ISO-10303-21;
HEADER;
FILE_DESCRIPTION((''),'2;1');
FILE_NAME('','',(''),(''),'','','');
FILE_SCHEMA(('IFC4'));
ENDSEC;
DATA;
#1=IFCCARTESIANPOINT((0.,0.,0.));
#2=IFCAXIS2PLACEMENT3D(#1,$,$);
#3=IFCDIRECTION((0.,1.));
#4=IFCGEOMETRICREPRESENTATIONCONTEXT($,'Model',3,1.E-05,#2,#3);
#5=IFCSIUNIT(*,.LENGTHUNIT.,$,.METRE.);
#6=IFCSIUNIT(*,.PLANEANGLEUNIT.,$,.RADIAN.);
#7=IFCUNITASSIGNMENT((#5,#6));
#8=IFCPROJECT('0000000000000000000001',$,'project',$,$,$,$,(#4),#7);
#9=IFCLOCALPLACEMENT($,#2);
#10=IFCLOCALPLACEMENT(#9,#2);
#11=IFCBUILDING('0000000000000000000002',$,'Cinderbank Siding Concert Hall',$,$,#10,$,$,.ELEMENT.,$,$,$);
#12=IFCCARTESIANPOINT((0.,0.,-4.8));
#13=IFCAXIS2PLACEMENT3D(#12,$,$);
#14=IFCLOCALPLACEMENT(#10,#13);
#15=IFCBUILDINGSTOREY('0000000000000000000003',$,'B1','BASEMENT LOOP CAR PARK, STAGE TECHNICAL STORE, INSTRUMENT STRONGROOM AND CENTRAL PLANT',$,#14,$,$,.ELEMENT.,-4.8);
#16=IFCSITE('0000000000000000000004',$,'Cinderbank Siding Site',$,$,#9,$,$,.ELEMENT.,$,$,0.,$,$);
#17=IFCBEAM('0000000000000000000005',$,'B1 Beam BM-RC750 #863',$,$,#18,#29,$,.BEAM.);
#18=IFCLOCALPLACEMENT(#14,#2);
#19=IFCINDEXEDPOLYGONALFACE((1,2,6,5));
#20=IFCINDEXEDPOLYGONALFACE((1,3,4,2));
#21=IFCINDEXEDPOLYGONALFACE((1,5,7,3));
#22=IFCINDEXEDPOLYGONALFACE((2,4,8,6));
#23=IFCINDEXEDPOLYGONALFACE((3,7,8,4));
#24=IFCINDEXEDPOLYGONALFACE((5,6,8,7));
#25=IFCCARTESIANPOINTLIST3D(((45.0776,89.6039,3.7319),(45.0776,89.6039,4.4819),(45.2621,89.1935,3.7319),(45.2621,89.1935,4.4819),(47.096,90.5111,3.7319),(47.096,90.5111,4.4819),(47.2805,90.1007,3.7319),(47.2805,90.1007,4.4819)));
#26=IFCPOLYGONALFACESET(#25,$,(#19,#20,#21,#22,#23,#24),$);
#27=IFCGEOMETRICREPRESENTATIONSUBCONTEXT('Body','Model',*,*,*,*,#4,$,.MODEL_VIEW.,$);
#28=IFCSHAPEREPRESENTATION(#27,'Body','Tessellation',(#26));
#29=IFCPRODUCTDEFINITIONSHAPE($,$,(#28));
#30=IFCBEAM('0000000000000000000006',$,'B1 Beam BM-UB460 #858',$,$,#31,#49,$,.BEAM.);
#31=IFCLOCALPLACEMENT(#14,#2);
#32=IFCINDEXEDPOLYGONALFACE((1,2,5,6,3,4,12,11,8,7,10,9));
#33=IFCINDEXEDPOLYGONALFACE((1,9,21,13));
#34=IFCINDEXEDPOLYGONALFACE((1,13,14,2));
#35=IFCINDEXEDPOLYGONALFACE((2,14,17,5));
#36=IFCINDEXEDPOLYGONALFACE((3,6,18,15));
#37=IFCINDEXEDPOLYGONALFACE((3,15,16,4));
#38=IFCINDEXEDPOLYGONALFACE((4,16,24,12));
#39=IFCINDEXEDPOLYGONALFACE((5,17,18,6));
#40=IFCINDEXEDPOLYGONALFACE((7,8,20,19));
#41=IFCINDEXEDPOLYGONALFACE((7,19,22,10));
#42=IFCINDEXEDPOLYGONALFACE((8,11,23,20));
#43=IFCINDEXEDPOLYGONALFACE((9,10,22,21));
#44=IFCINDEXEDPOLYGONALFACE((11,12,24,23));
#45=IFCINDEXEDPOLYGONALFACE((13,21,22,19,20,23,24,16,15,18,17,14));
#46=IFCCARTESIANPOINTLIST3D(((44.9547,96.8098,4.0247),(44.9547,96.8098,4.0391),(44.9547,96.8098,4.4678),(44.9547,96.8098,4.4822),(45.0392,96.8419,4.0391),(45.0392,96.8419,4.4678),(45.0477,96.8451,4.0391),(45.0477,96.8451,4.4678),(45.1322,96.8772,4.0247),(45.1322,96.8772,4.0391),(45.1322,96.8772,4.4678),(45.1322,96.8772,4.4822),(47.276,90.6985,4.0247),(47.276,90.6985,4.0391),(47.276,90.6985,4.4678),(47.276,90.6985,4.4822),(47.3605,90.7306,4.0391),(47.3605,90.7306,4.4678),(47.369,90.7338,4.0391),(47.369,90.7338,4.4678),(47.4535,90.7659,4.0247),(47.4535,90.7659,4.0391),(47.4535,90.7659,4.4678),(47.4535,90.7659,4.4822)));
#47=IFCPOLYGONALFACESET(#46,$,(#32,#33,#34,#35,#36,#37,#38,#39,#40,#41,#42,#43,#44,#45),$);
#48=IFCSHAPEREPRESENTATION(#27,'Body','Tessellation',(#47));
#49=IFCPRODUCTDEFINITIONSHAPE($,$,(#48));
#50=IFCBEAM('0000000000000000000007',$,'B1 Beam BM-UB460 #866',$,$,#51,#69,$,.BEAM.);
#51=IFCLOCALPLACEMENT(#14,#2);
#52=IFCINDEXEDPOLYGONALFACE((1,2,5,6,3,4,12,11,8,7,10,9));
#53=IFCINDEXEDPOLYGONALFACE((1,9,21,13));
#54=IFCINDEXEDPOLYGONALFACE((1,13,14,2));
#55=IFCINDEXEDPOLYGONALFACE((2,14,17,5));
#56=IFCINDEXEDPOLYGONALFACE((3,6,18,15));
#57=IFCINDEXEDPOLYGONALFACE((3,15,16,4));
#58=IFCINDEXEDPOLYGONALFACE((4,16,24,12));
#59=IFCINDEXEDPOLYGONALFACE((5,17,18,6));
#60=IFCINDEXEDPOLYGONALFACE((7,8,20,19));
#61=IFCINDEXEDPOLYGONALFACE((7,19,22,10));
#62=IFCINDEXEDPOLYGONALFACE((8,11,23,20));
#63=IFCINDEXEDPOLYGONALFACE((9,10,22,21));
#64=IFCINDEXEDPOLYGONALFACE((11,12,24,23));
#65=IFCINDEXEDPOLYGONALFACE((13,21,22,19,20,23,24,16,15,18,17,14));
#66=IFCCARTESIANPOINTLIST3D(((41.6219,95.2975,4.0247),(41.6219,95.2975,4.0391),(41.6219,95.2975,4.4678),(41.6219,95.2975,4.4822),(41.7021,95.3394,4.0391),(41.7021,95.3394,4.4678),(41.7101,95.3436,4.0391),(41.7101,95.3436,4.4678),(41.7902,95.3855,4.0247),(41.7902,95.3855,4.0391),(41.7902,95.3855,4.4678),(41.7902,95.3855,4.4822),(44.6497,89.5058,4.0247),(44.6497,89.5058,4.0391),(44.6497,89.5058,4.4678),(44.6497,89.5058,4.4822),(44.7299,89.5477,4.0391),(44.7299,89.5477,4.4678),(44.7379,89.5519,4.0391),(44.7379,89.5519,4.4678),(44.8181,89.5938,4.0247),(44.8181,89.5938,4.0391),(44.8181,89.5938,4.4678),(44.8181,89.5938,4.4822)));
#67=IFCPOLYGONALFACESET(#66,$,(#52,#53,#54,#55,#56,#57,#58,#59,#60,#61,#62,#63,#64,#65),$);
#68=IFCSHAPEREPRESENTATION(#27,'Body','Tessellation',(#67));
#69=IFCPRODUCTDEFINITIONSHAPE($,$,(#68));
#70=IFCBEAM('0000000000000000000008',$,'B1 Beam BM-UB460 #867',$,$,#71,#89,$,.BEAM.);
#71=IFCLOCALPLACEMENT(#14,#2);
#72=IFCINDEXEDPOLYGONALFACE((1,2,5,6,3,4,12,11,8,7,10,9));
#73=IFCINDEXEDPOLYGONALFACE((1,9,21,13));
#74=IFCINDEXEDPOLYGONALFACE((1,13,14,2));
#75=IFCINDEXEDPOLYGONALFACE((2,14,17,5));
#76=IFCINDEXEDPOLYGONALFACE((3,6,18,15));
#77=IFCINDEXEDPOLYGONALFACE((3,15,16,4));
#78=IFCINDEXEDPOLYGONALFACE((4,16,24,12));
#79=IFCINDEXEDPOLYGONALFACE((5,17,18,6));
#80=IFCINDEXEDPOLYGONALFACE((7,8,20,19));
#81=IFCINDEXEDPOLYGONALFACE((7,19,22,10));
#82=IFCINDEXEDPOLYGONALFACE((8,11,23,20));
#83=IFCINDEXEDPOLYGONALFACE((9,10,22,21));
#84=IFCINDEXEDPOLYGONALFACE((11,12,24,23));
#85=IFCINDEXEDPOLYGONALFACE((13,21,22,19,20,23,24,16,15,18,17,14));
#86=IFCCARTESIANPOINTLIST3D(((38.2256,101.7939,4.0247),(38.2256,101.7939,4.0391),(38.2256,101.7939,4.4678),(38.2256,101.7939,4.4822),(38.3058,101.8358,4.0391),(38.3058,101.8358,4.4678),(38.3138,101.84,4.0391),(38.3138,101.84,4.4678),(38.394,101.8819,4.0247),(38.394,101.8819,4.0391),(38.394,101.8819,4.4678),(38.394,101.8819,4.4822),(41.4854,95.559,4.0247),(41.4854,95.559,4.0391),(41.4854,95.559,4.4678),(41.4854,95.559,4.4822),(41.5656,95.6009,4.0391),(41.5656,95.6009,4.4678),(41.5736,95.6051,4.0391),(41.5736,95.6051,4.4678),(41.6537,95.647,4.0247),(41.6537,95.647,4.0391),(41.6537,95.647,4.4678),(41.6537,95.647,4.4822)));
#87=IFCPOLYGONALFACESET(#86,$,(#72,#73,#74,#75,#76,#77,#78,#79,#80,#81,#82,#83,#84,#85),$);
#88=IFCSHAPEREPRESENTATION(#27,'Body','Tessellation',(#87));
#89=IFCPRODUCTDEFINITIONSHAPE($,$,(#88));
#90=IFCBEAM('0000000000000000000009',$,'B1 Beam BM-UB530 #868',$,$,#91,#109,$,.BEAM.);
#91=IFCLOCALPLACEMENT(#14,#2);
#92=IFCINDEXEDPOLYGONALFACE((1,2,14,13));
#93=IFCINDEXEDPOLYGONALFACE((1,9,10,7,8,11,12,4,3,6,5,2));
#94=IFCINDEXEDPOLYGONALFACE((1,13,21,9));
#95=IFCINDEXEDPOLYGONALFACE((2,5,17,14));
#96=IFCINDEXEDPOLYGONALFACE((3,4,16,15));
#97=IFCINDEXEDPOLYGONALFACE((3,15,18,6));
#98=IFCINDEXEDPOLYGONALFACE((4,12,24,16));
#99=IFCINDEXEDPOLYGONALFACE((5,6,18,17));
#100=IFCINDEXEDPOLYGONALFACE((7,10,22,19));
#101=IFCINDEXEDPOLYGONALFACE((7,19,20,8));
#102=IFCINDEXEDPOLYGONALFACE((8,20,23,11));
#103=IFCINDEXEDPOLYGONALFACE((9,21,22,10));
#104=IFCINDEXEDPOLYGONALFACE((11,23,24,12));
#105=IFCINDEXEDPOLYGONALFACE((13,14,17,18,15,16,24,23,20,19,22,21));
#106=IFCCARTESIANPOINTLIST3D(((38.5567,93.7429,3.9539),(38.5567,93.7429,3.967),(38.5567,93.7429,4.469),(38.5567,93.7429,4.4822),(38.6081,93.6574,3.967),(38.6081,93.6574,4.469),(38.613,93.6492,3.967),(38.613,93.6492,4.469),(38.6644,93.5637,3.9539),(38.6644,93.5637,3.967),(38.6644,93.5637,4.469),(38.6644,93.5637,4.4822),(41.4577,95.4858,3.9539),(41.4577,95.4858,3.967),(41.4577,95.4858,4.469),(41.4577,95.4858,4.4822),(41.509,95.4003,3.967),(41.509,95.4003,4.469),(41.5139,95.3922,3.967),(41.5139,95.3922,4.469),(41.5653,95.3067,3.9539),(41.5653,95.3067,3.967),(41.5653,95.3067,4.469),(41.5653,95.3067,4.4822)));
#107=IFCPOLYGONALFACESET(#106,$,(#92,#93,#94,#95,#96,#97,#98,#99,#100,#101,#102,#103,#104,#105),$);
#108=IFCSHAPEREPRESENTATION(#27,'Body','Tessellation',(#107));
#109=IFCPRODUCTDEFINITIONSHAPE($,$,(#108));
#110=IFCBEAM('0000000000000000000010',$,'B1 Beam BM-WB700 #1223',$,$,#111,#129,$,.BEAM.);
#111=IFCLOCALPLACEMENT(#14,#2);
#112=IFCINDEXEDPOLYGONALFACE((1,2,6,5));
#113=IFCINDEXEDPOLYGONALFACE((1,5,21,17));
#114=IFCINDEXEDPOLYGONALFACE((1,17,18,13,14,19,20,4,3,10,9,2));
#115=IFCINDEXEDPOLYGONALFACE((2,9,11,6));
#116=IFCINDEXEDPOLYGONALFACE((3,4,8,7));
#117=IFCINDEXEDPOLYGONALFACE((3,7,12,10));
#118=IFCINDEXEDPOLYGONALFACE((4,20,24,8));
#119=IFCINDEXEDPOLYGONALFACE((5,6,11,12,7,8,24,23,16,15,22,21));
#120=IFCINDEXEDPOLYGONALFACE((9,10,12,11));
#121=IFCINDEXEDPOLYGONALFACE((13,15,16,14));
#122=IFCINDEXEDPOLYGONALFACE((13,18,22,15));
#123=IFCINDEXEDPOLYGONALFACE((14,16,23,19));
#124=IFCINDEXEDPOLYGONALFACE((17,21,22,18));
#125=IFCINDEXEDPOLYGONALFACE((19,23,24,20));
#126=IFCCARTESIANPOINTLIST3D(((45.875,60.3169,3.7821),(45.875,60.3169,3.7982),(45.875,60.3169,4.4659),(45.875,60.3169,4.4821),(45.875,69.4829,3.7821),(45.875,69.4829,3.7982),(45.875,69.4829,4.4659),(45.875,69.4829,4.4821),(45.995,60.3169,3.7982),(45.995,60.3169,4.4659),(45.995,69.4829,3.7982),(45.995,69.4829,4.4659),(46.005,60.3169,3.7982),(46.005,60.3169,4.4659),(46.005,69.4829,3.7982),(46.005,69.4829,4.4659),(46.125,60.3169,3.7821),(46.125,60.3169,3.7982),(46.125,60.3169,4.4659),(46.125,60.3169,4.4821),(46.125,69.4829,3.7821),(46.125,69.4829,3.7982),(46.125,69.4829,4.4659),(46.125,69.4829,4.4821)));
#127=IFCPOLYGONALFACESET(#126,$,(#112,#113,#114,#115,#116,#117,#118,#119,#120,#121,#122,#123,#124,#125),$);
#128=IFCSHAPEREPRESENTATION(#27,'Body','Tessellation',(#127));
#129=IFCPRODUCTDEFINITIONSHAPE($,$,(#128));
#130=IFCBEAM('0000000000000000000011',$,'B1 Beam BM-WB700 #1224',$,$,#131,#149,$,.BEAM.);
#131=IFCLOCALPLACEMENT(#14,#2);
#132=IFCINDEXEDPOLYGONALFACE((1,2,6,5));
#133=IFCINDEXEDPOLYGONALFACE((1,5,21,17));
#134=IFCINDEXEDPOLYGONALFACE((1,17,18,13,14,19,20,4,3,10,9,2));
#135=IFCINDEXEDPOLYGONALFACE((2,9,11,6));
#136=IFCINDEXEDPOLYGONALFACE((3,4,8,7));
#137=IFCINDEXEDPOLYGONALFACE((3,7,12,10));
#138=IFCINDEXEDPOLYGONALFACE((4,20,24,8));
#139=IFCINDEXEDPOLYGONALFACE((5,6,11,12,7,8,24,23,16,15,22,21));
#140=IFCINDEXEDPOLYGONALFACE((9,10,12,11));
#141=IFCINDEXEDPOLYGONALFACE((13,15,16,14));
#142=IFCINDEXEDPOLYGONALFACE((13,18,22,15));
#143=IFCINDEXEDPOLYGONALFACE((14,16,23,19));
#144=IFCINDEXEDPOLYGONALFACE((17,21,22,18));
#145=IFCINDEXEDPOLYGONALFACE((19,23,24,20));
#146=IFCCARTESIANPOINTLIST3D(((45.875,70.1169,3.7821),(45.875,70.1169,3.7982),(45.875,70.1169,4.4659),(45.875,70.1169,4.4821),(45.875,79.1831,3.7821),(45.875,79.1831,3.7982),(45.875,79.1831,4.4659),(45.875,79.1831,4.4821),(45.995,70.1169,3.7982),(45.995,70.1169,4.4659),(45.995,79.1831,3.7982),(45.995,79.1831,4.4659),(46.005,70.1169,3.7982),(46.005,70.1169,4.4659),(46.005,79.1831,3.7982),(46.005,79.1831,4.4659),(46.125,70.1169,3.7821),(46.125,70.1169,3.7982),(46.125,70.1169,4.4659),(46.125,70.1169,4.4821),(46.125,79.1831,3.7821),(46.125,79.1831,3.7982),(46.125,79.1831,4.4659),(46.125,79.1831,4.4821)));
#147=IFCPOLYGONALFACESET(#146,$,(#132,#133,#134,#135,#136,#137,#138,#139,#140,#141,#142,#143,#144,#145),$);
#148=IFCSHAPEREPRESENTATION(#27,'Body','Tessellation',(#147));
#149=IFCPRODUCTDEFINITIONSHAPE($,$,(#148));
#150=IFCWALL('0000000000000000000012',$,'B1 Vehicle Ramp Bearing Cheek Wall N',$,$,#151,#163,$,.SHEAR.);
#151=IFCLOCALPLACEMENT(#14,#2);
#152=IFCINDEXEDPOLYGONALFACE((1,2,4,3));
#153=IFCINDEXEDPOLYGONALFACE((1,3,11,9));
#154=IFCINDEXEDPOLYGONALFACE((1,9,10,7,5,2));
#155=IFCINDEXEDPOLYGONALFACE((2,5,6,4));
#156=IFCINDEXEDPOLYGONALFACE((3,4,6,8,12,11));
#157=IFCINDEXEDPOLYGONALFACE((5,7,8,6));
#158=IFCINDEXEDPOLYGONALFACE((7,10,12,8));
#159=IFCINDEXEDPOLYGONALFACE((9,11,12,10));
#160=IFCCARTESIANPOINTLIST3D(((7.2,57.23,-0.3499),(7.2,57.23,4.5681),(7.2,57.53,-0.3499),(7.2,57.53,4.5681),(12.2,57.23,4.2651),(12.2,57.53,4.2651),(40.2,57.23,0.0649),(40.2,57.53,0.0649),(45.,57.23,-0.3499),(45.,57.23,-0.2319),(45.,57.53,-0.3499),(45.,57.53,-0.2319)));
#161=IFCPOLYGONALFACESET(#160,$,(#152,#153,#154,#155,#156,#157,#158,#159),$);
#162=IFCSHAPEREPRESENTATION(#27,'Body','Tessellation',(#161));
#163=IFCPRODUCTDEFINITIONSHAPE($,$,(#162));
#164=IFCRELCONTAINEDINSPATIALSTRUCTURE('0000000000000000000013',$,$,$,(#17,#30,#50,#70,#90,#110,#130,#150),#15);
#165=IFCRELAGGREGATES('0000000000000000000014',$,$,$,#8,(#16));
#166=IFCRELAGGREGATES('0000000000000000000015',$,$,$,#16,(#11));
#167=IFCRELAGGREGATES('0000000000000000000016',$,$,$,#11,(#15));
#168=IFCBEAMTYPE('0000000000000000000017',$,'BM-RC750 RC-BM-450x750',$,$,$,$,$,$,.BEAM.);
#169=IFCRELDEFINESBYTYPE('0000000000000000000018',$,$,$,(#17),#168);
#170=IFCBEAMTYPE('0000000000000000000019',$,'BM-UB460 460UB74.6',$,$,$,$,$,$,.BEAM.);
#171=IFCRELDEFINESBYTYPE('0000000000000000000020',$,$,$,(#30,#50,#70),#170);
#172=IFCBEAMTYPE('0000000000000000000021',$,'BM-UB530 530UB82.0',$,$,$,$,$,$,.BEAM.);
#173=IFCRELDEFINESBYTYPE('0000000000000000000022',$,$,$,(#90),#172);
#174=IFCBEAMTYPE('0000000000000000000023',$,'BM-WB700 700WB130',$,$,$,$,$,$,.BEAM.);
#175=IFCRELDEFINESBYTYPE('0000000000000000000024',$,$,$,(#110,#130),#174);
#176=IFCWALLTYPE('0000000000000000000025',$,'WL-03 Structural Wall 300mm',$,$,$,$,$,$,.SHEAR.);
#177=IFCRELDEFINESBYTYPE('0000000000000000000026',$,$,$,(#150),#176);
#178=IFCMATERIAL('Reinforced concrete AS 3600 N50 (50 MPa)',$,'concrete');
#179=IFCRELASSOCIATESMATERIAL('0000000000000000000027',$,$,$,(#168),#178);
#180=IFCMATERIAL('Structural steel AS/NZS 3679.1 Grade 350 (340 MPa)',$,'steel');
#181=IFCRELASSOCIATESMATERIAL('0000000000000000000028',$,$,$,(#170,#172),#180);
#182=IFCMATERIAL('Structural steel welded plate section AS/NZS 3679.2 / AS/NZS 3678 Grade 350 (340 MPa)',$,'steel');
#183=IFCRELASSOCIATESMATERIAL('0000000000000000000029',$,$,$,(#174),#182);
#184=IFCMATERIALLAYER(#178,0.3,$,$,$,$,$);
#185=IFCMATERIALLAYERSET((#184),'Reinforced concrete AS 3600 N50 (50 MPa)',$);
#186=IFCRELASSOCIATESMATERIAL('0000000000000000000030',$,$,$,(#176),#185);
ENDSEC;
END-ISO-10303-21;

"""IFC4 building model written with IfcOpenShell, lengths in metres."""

from ifc_helpers import new_model, si_unit, direction, frame, origin, origin_2d, place, context, subcontext, project, spatial, polyline, rectangle, i_section, outline, extrude, material, layer, layer_set, material_profile, profile_set, type_object, element, save


model = new_model("IFC4")

# Units and contexts
model_context = context("Model", 3, precision=1e-05, world=origin(), true_north=direction((0.0, 1.0)))
body_context = subcontext(model_context, "Body", "Model", "MODEL_VIEW")
ifc_project = project(units=[si_unit("LENGTHUNIT", "METRE"), si_unit("PLANEANGLEUNIT", "RADIAN")], contexts=[model_context])

# Site, building, storey
site_placement = place(None, origin())
site = spatial("IfcSite", under=ifc_project, at=site_placement, Name="Cinderbank Siding Site", CompositionType="ELEMENT", RefElevation=0.0)
building_placement = place(site_placement, origin())
building = spatial("IfcBuilding", under=site, at=building_placement, Name="Cinderbank Siding Concert Hall", CompositionType="ELEMENT")
storey_placement = place(building_placement, frame((0.0, 0.0, -4.8)))
storey = spatial("IfcBuildingStorey", under=building, at=storey_placement, Name="B1", Description="BASEMENT LOOP CAR PARK, STAGE TECHNICAL STORE, INSTRUMENT STRONGROOM AND CENTRAL PLANT", CompositionType="ELEMENT", Elevation=-4.8)

# Shared definitions
ifc_material_1 = material(Name="Reinforced concrete AS 3600 N50 (50 MPa)", Category="concrete")
ifc_material_2 = material(Name="Structural steel AS/NZS 3679.1 Grade 350 (340 MPa)", Category="steel")

# Beams
ifc_material_profile_1 = material_profile(ifc_material_1, rectangle(XDim=0.45, YDim=0.75, at=origin_2d()), Name="RC-BM-450x750", Category="LoadBearing")
ifc_profile_set_1 = profile_set([ifc_material_profile_1], Name="Reinforced concrete AS 3600 N50 (50 MPa)")
beam_type_1 = type_object("IfcBeamType", Name="BM-RC750 RC-BM-450x750", PredefinedType="BEAM", material=ifc_profile_set_1)
beam_1_placement = place(storey_placement, frame((47.1882, 90.3059, 4.1069), z_axis=(-0.912093, -0.409984, 0.0), x_axis=(0.409984, -0.912093, 0.0)))
element("IfcBeam", 1, at=beam_1_placement, inside=storey, type_object=beam_type_1, Name="B1 Beam BM-RC750 #863", PredefinedType="BEAM", context=body_context, shape_type="SweptSolid", body=[
    extrude(rectangle(XDim=0.45, YDim=0.75, at=origin_2d()), origin(), (0.0, 0.0, 1.0), 2.2129),
])
ifc_material_profile_2 = material_profile(ifc_material_2, i_section(OverallWidth=0.1899, OverallDepth=0.4575, WebThickness=0.009, FlangeThickness=0.0144, at=origin_2d()), Name="460UB74.6", Category="LoadBearing")
ifc_profile_set_2 = profile_set([ifc_material_profile_2], Name="Structural steel AS/NZS 3679.1 Grade 350 (340 MPa)")
beam_type_2 = type_object("IfcBeamType", Name="BM-UB460 460UB74.6", PredefinedType="BEAM", material=ifc_profile_set_2)
beam_2_placement = place(storey_placement, frame((47.3647, 90.7322, 4.2534), z_axis=(-0.355082, 0.934835, 0.0), x_axis=(-0.934835, -0.355082, 0.0)))
element("IfcBeam", 2, at=beam_2_placement, inside=storey, type_object=beam_type_2, Name="B1 Beam BM-UB460 #858", PredefinedType="BEAM", context=body_context, shape_type="SweptSolid", body=[
    extrude(i_section(OverallWidth=0.1899, OverallDepth=0.4575, WebThickness=0.009, FlangeThickness=0.0144, at=origin_2d()), origin(), (0.0, 0.0, 1.0), 6.5374),
])
beam_3_placement = place(storey_placement, frame((44.7339, 89.5498, 4.2534), z_axis=(-0.463294, 0.886205, 0.0), x_axis=(-0.886205, -0.463294, 0.0)))
element("IfcBeam", 3, at=beam_3_placement, inside=storey, type_object=beam_type_2, Name="B1 Beam BM-UB460 #866", PredefinedType="BEAM", context=body_context, shape_type="SweptSolid", body=[
    extrude(i_section(OverallWidth=0.1899, OverallDepth=0.4575, WebThickness=0.009, FlangeThickness=0.0144, at=origin_2d()), origin(), (0.0, 0.0, 1.0), 6.5354),
])
beam_4_placement = place(storey_placement, frame((41.5696, 95.603, 4.2534), z_axis=(-0.463325, 0.886189, 0.0), x_axis=(-0.886189, -0.463325, 0.0)))
element("IfcBeam", 4, at=beam_4_placement, inside=storey, type_object=beam_type_2, Name="B1 Beam BM-UB460 #867", PredefinedType="BEAM", context=body_context, shape_type="SweptSolid", body=[
    extrude(i_section(OverallWidth=0.1899, OverallDepth=0.4575, WebThickness=0.009, FlangeThickness=0.0144, at=origin_2d()), origin(), (0.0, 0.0, 1.0), 7.0356),
])
ifc_material_profile_3 = material_profile(ifc_material_2, i_section(OverallWidth=0.209, OverallDepth=0.5283, WebThickness=0.0095, FlangeThickness=0.0132, at=origin_2d()), Name="530UB82.0", Category="LoadBearing")
ifc_profile_set_3 = profile_set([ifc_material_profile_3], Name="Structural steel AS/NZS 3679.1 Grade 350 (340 MPa)")
beam_type_3 = type_object("IfcBeamType", Name="BM-UB530 530UB82.0", PredefinedType="BEAM", material=ifc_profile_set_3)
beam_5_placement = place(storey_placement, frame((41.5115, 95.3962, 4.218), z_axis=(-0.857181, -0.515016, 0.0), x_axis=(0.515016, -0.857181, 0.0)))
element("IfcBeam", 5, at=beam_5_placement, inside=storey, type_object=beam_type_3, Name="B1 Beam BM-UB530 #868", PredefinedType="BEAM", context=body_context, shape_type="SweptSolid", body=[
    extrude(i_section(OverallWidth=0.209, OverallDepth=0.5283, WebThickness=0.0095, FlangeThickness=0.0132, at=origin_2d()), origin(), (0.0, 0.0, 1.0), 3.3843),
])
ifc_material_3 = material(Name="Structural steel welded plate section AS/NZS 3679.2 / AS/NZS 3678 Grade 350 (340 MPa)", Category="steel")
ifc_material_profile_4 = material_profile(ifc_material_3, i_section(OverallWidth=0.25, OverallDepth=0.7, WebThickness=0.01, FlangeThickness=0.0161, at=origin_2d()), Name="700WB130", Category="LoadBearing")
ifc_profile_set_4 = profile_set([ifc_material_profile_4], Name="Structural steel welded plate section AS/NZS 3679.2 / AS/NZS 3678 Grade 350 (340 MPa)")
beam_type_4 = type_object("IfcBeamType", Name="BM-WB700 700WB130", PredefinedType="BEAM", material=ifc_profile_set_4)
beam_6_placement = place(storey_placement, frame((46.0, 60.3169, 4.1321), z_axis=(0.0, 1.0, 0.0), x_axis=(-1.0, 0.0, 0.0)))
element("IfcBeam", 6, at=beam_6_placement, inside=storey, type_object=beam_type_4, Name="B1 Beam BM-WB700 #1223", PredefinedType="BEAM", context=body_context, shape_type="SweptSolid", body=[
    extrude(i_section(OverallWidth=0.25, OverallDepth=0.7, WebThickness=0.01, FlangeThickness=0.0161, at=origin_2d()), origin(), (0.0, 0.0, 1.0), 9.166),
])
beam_7_placement = place(storey_placement, frame((46.0, 70.1169, 4.1321), z_axis=(0.0, 1.0, 0.0), x_axis=(-1.0, 0.0, 0.0)))
element("IfcBeam", 7, at=beam_7_placement, inside=storey, type_object=beam_type_4, Name="B1 Beam BM-WB700 #1224", PredefinedType="BEAM", context=body_context, shape_type="SweptSolid", body=[
    extrude(i_section(OverallWidth=0.25, OverallDepth=0.7, WebThickness=0.01, FlangeThickness=0.0161, at=origin_2d()), origin(), (0.0, 0.0, 1.0), 9.0662),
])

# Wall
ifc_layer_1 = layer(ifc_material_1, 0.3)
ifc_layer_set_1 = layer_set([ifc_layer_1], Name="Reinforced concrete AS 3600 N50 (50 MPa)")
wall_type = type_object("IfcWallType", Name="WL-03 Structural Wall 300mm", PredefinedType="SHEAR", material=ifc_layer_set_1)
wall_placement = place(storey_placement, frame((45.0, 57.3799, -0.3499), z_axis=(0.0, 0.0, 1.0), x_axis=(-1.0, 0.0, 0.0)))
element("IfcWall", 8, at=wall_placement, inside=storey, type_object=wall_type, Name="B1 Vehicle Ramp Bearing Cheek Wall N", PredefinedType="SHEAR", context=body_context, shape_type="SweptSolid", body=[
    extrude(outline(polyline([(0.0, 0.0), (37.8, 0.0), (37.8, 4.918), (32.8, 4.615), (4.8, 0.4148), (0.0, 0.1179), (0.0, 0.0)])), frame((0.0, 0.1499, 0.0), z_axis=(0.0, -1.0, 0.0), x_axis=(1.0, 0.0, 0.0)), (0.0, 0.0, 1.0), 0.3),
])

save(model, "model.ifc")
